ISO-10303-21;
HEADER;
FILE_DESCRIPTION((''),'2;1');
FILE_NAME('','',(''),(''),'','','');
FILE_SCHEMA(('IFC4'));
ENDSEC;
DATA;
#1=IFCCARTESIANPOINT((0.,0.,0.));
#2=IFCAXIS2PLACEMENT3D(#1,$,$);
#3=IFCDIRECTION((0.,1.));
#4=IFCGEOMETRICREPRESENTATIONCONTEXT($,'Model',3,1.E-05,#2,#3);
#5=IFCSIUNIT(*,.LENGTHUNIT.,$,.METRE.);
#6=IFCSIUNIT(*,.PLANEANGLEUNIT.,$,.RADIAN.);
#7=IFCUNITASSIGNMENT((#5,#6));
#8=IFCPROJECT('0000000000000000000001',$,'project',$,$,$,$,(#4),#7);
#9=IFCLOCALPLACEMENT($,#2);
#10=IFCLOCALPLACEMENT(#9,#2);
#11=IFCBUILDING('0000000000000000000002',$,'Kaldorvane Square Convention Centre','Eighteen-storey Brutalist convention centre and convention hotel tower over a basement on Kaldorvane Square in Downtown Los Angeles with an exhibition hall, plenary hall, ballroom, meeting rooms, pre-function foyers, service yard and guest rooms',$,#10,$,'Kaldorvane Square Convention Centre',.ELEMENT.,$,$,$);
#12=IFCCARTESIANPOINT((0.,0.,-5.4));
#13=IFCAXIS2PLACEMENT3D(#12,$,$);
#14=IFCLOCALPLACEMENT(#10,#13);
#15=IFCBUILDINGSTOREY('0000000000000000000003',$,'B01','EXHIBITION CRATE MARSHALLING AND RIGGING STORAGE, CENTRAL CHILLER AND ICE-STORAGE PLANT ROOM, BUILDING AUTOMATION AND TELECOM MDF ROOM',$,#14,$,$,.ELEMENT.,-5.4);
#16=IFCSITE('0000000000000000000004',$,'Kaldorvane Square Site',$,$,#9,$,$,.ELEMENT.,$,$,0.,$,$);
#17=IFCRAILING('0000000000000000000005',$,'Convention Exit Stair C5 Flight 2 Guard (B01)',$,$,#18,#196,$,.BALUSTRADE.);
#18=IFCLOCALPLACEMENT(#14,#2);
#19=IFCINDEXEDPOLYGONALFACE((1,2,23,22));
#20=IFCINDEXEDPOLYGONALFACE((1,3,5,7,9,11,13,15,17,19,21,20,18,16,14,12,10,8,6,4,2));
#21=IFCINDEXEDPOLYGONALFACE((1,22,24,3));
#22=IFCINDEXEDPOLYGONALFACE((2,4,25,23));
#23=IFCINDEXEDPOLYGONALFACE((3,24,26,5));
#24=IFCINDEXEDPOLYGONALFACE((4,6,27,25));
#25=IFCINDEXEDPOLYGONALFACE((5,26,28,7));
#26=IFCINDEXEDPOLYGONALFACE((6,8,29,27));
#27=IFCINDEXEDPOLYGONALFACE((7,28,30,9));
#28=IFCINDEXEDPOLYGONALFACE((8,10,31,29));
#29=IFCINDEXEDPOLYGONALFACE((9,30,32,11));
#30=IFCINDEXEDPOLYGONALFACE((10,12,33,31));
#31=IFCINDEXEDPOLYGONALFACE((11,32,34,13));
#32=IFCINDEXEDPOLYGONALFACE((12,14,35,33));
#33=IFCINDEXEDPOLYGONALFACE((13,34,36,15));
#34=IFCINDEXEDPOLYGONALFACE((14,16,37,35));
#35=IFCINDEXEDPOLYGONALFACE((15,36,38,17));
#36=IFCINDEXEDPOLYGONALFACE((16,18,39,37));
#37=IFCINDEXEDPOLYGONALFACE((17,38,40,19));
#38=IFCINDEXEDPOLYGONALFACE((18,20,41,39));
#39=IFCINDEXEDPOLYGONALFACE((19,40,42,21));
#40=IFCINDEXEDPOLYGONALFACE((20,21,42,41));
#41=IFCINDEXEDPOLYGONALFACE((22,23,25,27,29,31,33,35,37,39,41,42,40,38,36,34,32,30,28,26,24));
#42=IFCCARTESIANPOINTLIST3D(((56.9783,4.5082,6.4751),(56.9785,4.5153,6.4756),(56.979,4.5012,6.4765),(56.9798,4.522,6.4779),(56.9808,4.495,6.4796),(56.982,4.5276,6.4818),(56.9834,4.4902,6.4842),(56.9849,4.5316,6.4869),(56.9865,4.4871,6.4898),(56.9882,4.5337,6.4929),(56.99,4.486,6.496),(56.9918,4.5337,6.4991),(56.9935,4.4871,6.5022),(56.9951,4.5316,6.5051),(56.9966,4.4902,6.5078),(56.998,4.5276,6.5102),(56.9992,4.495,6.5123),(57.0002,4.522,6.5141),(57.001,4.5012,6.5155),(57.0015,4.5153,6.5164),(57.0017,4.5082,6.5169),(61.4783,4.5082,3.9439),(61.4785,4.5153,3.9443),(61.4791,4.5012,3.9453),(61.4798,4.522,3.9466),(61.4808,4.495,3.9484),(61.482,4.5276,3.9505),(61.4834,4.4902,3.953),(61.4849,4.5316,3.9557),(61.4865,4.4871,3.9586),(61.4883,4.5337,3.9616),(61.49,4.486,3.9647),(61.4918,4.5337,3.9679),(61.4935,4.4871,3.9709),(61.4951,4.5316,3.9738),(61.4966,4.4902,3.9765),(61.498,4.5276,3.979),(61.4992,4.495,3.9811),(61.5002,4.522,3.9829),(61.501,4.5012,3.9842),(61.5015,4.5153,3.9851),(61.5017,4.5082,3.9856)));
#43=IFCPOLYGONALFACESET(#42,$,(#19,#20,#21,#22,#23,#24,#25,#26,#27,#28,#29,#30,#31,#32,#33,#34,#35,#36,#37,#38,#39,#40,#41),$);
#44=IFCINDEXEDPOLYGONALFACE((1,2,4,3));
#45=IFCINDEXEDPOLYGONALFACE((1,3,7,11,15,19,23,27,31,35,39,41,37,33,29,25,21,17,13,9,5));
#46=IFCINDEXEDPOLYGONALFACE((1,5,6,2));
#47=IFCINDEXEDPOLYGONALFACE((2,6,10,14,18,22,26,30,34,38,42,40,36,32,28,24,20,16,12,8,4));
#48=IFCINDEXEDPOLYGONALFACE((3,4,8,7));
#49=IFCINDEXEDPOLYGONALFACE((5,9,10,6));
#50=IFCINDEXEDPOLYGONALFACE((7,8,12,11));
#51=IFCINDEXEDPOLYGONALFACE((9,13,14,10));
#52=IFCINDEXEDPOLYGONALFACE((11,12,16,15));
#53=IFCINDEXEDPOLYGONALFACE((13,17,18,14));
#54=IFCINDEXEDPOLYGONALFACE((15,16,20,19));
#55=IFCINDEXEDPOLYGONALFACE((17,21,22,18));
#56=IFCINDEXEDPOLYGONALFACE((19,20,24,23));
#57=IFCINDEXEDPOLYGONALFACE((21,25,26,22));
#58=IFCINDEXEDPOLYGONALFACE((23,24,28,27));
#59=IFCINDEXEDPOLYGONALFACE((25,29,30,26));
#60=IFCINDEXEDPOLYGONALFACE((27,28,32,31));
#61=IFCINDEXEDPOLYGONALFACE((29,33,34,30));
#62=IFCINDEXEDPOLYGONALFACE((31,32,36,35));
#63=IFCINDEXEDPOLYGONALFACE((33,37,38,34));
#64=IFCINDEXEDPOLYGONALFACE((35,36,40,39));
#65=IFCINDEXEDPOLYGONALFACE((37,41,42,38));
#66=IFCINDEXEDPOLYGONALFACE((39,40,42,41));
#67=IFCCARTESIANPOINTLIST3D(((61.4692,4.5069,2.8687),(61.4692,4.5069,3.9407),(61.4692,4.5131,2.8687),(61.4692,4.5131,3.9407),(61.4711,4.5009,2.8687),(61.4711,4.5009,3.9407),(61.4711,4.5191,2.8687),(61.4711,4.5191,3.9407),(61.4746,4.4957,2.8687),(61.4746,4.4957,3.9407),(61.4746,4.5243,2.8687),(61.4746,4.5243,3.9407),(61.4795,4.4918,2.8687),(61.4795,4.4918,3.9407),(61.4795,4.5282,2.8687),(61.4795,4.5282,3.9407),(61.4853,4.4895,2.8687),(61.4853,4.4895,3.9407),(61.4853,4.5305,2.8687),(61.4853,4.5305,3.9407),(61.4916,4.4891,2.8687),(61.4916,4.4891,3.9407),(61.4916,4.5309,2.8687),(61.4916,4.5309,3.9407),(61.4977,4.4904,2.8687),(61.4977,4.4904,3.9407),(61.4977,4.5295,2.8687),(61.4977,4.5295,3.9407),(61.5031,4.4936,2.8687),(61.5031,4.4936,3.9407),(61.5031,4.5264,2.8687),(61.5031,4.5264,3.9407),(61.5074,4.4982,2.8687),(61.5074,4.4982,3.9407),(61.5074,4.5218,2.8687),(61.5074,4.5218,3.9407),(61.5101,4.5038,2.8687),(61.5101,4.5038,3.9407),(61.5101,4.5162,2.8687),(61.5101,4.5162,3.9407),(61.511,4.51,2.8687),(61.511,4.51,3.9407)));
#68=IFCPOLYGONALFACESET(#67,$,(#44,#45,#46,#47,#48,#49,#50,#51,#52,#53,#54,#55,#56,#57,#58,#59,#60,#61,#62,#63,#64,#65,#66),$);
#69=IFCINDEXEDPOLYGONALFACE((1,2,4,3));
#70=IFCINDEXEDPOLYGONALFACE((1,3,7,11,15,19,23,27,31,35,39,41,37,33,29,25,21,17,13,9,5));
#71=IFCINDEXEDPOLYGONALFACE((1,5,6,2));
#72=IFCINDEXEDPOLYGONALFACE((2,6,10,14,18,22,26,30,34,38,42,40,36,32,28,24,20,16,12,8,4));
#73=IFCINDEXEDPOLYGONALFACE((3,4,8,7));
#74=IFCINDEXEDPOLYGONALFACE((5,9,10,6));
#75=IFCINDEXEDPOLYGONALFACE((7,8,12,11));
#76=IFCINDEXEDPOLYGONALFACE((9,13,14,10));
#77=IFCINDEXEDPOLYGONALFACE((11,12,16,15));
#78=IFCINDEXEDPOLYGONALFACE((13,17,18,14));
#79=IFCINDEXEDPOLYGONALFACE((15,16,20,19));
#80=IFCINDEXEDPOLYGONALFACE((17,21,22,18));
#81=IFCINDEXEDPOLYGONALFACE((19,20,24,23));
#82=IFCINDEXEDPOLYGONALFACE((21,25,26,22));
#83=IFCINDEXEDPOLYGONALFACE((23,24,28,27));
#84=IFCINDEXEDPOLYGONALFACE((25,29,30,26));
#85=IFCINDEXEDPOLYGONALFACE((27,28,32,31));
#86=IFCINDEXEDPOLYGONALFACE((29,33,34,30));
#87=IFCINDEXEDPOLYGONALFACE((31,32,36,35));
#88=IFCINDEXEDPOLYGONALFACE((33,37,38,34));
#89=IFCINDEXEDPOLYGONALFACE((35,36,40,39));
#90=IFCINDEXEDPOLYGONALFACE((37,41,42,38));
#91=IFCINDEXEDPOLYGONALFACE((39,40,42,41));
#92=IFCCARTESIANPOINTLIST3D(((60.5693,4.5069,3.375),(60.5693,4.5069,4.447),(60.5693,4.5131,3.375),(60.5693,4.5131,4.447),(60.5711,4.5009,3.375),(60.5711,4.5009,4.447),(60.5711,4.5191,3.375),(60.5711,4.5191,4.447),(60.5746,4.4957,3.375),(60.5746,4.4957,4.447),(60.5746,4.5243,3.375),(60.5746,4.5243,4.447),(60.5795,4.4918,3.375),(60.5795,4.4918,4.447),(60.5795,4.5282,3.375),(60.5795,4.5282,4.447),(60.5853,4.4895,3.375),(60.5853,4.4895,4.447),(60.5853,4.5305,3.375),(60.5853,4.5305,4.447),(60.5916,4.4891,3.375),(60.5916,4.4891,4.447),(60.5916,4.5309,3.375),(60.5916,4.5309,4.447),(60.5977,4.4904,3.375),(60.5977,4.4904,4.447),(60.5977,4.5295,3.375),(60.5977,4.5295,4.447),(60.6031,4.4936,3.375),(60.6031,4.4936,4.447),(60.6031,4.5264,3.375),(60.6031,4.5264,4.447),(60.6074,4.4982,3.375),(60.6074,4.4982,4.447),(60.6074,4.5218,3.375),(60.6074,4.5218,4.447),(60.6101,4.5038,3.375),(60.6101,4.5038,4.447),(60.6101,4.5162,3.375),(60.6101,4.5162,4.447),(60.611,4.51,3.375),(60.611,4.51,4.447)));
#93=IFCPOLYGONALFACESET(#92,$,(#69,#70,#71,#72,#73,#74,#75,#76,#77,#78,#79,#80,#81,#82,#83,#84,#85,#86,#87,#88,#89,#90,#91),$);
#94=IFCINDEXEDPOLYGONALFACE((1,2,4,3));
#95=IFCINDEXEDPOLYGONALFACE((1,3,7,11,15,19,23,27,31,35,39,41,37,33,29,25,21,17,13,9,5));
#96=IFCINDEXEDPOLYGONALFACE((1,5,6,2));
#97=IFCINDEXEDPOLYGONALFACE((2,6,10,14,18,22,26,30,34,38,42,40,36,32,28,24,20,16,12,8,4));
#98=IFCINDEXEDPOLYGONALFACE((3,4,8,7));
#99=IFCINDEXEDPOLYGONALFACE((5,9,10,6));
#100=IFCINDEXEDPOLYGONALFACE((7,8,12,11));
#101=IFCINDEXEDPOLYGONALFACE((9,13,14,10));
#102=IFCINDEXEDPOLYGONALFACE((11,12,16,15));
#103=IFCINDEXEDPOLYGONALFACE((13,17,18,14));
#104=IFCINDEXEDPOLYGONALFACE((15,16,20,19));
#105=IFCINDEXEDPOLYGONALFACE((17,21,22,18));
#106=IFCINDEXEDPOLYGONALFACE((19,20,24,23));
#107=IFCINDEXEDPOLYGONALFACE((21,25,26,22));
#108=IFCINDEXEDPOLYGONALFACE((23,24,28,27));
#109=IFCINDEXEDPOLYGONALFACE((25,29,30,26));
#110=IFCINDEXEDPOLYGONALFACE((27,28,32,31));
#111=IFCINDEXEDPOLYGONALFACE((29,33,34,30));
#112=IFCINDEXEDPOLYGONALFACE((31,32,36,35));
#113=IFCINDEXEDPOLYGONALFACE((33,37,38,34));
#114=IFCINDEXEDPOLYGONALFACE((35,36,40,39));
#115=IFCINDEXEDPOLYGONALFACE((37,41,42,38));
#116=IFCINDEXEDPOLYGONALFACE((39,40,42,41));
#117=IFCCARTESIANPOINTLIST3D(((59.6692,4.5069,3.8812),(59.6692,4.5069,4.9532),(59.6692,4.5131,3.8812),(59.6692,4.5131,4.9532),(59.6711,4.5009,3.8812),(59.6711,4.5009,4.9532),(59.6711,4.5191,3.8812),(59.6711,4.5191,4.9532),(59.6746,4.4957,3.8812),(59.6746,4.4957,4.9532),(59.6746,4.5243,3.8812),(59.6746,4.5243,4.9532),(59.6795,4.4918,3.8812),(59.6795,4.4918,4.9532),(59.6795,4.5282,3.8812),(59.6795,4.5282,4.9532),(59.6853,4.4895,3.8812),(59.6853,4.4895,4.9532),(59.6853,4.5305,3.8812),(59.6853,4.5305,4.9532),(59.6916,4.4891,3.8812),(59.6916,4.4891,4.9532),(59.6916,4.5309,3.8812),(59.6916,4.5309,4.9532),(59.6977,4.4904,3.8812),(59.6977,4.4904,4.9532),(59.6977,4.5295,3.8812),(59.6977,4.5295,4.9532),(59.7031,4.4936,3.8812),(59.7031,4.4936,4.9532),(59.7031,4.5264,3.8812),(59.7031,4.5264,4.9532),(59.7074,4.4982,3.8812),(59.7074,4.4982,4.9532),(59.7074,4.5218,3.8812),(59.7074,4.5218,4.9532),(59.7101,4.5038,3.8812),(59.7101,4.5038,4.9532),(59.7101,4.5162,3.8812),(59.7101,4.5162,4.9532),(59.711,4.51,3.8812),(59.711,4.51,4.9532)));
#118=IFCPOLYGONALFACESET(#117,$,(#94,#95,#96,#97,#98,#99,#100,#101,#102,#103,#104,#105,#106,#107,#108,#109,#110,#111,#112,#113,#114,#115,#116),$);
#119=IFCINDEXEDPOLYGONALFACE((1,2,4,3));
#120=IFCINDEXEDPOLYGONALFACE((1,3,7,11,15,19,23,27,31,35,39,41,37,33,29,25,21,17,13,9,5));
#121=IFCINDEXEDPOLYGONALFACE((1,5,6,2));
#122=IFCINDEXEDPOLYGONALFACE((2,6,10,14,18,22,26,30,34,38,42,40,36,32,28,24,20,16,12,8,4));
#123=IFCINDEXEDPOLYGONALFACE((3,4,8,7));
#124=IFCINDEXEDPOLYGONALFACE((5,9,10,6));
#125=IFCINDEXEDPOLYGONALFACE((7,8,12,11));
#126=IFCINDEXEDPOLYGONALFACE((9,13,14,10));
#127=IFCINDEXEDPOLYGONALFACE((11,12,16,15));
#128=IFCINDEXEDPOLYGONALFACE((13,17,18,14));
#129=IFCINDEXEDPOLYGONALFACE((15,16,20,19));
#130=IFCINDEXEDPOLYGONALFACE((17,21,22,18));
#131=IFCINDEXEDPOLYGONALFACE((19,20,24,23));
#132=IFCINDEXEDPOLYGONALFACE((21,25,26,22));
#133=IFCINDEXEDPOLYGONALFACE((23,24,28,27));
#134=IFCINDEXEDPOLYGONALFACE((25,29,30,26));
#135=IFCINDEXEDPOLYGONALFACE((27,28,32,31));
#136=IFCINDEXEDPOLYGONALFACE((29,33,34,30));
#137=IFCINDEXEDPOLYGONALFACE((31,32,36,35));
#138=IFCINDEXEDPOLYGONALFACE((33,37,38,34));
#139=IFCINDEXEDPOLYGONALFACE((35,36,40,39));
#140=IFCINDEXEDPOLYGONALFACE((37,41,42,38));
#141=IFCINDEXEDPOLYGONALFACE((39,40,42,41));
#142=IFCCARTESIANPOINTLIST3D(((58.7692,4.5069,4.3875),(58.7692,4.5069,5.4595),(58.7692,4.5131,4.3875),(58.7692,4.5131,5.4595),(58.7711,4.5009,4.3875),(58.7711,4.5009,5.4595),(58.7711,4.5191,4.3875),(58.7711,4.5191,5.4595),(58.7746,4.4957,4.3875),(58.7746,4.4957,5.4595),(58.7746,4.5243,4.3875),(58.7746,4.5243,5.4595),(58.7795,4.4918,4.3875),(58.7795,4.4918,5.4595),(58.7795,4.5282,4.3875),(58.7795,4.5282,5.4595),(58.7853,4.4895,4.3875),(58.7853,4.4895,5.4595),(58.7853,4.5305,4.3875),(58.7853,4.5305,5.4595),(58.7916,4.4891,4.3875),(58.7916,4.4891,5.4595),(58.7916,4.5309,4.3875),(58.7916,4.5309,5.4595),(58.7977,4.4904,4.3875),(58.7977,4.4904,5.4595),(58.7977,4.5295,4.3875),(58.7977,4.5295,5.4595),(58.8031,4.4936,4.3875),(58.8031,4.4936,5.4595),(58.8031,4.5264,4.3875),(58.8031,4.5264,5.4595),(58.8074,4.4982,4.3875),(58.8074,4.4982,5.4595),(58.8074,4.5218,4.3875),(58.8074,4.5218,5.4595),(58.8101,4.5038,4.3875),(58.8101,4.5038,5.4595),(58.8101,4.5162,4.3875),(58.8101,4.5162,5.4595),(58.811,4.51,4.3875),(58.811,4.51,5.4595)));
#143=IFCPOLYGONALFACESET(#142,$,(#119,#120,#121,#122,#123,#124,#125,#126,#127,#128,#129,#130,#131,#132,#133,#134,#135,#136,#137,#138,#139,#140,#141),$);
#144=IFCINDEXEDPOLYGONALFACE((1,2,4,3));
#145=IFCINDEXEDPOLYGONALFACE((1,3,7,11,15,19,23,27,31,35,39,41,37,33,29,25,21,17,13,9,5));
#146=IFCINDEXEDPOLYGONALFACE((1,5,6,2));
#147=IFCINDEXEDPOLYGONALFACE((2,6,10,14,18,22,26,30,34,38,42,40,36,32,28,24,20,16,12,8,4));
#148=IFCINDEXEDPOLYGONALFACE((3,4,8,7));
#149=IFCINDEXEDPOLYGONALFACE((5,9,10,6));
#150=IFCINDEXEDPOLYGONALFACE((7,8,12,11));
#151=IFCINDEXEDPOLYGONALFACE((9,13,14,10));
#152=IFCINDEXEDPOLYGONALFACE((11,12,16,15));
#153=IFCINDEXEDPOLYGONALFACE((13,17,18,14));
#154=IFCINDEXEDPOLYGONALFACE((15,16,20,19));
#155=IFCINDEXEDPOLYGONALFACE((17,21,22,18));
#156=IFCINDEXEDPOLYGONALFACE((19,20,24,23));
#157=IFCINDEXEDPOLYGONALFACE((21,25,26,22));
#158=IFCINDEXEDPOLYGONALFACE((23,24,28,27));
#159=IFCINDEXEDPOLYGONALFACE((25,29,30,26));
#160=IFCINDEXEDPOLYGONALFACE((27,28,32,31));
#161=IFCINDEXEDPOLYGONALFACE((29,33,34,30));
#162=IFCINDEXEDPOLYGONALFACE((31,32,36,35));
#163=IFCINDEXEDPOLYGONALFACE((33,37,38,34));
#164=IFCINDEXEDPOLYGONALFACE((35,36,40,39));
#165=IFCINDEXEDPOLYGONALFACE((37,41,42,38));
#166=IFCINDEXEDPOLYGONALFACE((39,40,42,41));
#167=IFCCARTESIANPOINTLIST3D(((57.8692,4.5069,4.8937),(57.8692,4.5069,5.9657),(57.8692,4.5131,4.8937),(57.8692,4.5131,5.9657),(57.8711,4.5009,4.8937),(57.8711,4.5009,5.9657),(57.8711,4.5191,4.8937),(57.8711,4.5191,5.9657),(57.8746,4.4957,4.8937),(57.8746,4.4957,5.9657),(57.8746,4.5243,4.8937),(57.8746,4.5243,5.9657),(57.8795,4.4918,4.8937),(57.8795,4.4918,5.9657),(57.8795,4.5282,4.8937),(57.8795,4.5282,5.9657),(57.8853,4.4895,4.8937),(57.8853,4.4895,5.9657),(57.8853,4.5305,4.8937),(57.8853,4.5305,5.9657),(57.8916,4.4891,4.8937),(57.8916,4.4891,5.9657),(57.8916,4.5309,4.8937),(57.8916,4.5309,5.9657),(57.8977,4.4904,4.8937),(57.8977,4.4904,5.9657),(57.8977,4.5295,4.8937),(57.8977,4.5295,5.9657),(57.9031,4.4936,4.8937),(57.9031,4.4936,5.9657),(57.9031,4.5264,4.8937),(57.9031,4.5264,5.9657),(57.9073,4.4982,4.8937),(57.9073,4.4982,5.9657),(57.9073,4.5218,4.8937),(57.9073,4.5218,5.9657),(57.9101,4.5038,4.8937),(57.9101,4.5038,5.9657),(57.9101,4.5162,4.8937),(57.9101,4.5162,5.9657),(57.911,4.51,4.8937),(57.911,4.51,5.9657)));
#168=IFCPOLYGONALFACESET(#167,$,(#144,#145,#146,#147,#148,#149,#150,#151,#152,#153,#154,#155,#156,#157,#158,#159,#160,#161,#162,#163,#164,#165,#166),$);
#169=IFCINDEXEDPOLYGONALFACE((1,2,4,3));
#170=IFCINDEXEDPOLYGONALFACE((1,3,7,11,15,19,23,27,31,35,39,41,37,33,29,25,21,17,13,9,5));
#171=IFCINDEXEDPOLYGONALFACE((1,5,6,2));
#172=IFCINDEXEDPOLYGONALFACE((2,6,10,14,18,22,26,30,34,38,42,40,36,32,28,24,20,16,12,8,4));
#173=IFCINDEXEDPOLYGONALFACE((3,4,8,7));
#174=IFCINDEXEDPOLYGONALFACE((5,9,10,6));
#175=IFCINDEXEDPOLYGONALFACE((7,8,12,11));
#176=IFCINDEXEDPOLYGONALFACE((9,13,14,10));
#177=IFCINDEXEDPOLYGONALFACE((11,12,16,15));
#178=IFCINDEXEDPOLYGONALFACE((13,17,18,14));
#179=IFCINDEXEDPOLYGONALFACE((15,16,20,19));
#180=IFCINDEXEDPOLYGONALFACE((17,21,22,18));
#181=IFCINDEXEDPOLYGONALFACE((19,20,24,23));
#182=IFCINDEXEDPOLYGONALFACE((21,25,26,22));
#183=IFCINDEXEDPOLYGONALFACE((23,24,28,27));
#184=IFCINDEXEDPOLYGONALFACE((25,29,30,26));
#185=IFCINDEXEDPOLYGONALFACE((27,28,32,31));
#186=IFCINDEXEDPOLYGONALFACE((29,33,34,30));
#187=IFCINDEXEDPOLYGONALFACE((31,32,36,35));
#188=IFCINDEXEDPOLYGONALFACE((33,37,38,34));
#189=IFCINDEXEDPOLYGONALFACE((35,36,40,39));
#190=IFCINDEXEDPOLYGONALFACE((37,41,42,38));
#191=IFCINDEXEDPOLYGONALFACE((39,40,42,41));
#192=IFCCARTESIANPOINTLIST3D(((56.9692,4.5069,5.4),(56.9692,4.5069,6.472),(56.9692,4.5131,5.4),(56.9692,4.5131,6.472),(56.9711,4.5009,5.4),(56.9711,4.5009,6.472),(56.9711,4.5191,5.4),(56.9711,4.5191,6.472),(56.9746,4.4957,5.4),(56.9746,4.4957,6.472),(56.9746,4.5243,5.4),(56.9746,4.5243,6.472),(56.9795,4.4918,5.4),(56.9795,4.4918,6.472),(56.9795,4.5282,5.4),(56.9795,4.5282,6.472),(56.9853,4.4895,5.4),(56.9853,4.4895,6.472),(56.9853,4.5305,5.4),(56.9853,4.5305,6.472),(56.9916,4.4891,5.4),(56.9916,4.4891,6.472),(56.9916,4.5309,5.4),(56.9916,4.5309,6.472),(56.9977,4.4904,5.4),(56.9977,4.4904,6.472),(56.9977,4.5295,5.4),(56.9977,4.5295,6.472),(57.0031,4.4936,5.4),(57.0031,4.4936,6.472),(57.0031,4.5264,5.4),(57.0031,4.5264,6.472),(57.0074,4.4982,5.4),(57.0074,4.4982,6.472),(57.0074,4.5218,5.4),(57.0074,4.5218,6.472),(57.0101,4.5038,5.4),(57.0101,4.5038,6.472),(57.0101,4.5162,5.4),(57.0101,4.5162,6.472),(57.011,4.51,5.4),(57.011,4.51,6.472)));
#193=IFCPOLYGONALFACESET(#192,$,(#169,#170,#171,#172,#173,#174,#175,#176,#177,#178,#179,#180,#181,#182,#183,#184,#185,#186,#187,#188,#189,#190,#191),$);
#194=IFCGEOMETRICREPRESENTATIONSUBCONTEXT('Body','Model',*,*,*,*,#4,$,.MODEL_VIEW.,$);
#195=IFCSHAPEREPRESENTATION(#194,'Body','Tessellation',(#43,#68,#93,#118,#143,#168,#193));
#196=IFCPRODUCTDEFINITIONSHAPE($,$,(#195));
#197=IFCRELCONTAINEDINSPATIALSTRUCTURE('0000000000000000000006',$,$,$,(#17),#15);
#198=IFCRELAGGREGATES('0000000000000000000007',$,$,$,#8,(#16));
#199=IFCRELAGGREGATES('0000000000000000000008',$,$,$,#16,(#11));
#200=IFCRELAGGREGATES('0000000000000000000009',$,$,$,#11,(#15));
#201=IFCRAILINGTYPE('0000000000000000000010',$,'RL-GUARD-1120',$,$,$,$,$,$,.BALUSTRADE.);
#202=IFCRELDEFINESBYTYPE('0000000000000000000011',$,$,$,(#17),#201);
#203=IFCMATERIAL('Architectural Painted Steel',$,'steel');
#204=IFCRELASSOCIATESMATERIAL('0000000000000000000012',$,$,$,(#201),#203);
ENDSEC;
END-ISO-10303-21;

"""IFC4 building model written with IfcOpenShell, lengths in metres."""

from ifc_helpers import new_model, si_unit, direction, frame, origin, origin_2d, place, context, subcontext, project, spatial, circle, extrude, material, type_object, element, save


model = new_model("IFC4")

# Units and contexts
model_context = context("Model", 3, precision=1e-05, world=origin(), true_north=direction((0.0, 1.0)))
body_context = subcontext(model_context, "Body", "Model", "MODEL_VIEW")
ifc_project = project(units=[si_unit("LENGTHUNIT", "METRE"), si_unit("PLANEANGLEUNIT", "RADIAN")], contexts=[model_context])

# Site, building, storey
site_placement = place(None, origin())
site = spatial("IfcSite", under=ifc_project, at=site_placement, Name="Kaldorvane Square Site", CompositionType="ELEMENT", RefElevation=0.0)
building_placement = place(site_placement, origin())
building = spatial("IfcBuilding", under=site, at=building_placement, Name="Kaldorvane Square Convention Centre", Description="Eighteen-storey Brutalist convention centre and convention hotel tower over a basement on Kaldorvane Square in Downtown Los Angeles with an exhibition hall, plenary hall, ballroom, meeting rooms, pre-function foyers, service yard and guest rooms", LongName="Kaldorvane Square Convention Centre", CompositionType="ELEMENT")
storey_placement = place(building_placement, frame((0.0, 0.0, -5.4)))
storey = spatial("IfcBuildingStorey", under=building, at=storey_placement, Name="B01", Description="EXHIBITION CRATE MARSHALLING AND RIGGING STORAGE, CENTRAL CHILLER AND ICE-STORAGE PLANT ROOM, BUILDING AUTOMATION AND TELECOM MDF ROOM", CompositionType="ELEMENT", Elevation=-5.4)

# Railing
ifc_material_1 = material(Name="Architectural Painted Steel", Category="steel")
railing_type_1 = type_object("IfcRailingType", Name="RL-GUARD-1120", PredefinedType="BALUSTRADE", material=ifc_material_1)
railing_1_placement = place(storey_placement, frame((61.49, 4.51, 2.8687)))
element("IfcRailing", 1, at=railing_1_placement, inside=storey, type_object=railing_type_1, Name="Convention Exit Stair C5 Flight 2 Guard (B01)", PredefinedType="BALUSTRADE", context=body_context, shape_type="SweptSolid", body=[
    extrude(circle(Radius=0.024, at=origin_2d()), frame((0.0, 0.0, 1.096), z_axis=(-0.871576, 0.0, 0.490261), x_axis=(0.0, -1.0, 0.0)), (0.0, 0.0, 1.0), 5.1631),
    extrude(circle(Radius=0.021, at=origin_2d()), origin(), (0.0, 0.0, 1.0), 1.072),
    extrude(circle(Radius=0.021, at=origin_2d()), frame((-0.9, 0.0, 0.5063)), (0.0, 0.0, 1.0), 1.072),
    extrude(circle(Radius=0.021, at=origin_2d()), frame((-1.8, 0.0, 1.0125)), (0.0, 0.0, 1.0), 1.072),
    extrude(circle(Radius=0.021, at=origin_2d()), frame((-2.7, 0.0, 1.5188)), (0.0, 0.0, 1.0), 1.072),
    extrude(circle(Radius=0.021, at=origin_2d()), frame((-3.6, 0.0, 2.025)), (0.0, 0.0, 1.0), 1.072),
    extrude(circle(Radius=0.021, at=origin_2d()), frame((-4.5, 0.0, 2.5312)), (0.0, 0.0, 1.0), 1.072),
])

save(model, "model.ifc")
